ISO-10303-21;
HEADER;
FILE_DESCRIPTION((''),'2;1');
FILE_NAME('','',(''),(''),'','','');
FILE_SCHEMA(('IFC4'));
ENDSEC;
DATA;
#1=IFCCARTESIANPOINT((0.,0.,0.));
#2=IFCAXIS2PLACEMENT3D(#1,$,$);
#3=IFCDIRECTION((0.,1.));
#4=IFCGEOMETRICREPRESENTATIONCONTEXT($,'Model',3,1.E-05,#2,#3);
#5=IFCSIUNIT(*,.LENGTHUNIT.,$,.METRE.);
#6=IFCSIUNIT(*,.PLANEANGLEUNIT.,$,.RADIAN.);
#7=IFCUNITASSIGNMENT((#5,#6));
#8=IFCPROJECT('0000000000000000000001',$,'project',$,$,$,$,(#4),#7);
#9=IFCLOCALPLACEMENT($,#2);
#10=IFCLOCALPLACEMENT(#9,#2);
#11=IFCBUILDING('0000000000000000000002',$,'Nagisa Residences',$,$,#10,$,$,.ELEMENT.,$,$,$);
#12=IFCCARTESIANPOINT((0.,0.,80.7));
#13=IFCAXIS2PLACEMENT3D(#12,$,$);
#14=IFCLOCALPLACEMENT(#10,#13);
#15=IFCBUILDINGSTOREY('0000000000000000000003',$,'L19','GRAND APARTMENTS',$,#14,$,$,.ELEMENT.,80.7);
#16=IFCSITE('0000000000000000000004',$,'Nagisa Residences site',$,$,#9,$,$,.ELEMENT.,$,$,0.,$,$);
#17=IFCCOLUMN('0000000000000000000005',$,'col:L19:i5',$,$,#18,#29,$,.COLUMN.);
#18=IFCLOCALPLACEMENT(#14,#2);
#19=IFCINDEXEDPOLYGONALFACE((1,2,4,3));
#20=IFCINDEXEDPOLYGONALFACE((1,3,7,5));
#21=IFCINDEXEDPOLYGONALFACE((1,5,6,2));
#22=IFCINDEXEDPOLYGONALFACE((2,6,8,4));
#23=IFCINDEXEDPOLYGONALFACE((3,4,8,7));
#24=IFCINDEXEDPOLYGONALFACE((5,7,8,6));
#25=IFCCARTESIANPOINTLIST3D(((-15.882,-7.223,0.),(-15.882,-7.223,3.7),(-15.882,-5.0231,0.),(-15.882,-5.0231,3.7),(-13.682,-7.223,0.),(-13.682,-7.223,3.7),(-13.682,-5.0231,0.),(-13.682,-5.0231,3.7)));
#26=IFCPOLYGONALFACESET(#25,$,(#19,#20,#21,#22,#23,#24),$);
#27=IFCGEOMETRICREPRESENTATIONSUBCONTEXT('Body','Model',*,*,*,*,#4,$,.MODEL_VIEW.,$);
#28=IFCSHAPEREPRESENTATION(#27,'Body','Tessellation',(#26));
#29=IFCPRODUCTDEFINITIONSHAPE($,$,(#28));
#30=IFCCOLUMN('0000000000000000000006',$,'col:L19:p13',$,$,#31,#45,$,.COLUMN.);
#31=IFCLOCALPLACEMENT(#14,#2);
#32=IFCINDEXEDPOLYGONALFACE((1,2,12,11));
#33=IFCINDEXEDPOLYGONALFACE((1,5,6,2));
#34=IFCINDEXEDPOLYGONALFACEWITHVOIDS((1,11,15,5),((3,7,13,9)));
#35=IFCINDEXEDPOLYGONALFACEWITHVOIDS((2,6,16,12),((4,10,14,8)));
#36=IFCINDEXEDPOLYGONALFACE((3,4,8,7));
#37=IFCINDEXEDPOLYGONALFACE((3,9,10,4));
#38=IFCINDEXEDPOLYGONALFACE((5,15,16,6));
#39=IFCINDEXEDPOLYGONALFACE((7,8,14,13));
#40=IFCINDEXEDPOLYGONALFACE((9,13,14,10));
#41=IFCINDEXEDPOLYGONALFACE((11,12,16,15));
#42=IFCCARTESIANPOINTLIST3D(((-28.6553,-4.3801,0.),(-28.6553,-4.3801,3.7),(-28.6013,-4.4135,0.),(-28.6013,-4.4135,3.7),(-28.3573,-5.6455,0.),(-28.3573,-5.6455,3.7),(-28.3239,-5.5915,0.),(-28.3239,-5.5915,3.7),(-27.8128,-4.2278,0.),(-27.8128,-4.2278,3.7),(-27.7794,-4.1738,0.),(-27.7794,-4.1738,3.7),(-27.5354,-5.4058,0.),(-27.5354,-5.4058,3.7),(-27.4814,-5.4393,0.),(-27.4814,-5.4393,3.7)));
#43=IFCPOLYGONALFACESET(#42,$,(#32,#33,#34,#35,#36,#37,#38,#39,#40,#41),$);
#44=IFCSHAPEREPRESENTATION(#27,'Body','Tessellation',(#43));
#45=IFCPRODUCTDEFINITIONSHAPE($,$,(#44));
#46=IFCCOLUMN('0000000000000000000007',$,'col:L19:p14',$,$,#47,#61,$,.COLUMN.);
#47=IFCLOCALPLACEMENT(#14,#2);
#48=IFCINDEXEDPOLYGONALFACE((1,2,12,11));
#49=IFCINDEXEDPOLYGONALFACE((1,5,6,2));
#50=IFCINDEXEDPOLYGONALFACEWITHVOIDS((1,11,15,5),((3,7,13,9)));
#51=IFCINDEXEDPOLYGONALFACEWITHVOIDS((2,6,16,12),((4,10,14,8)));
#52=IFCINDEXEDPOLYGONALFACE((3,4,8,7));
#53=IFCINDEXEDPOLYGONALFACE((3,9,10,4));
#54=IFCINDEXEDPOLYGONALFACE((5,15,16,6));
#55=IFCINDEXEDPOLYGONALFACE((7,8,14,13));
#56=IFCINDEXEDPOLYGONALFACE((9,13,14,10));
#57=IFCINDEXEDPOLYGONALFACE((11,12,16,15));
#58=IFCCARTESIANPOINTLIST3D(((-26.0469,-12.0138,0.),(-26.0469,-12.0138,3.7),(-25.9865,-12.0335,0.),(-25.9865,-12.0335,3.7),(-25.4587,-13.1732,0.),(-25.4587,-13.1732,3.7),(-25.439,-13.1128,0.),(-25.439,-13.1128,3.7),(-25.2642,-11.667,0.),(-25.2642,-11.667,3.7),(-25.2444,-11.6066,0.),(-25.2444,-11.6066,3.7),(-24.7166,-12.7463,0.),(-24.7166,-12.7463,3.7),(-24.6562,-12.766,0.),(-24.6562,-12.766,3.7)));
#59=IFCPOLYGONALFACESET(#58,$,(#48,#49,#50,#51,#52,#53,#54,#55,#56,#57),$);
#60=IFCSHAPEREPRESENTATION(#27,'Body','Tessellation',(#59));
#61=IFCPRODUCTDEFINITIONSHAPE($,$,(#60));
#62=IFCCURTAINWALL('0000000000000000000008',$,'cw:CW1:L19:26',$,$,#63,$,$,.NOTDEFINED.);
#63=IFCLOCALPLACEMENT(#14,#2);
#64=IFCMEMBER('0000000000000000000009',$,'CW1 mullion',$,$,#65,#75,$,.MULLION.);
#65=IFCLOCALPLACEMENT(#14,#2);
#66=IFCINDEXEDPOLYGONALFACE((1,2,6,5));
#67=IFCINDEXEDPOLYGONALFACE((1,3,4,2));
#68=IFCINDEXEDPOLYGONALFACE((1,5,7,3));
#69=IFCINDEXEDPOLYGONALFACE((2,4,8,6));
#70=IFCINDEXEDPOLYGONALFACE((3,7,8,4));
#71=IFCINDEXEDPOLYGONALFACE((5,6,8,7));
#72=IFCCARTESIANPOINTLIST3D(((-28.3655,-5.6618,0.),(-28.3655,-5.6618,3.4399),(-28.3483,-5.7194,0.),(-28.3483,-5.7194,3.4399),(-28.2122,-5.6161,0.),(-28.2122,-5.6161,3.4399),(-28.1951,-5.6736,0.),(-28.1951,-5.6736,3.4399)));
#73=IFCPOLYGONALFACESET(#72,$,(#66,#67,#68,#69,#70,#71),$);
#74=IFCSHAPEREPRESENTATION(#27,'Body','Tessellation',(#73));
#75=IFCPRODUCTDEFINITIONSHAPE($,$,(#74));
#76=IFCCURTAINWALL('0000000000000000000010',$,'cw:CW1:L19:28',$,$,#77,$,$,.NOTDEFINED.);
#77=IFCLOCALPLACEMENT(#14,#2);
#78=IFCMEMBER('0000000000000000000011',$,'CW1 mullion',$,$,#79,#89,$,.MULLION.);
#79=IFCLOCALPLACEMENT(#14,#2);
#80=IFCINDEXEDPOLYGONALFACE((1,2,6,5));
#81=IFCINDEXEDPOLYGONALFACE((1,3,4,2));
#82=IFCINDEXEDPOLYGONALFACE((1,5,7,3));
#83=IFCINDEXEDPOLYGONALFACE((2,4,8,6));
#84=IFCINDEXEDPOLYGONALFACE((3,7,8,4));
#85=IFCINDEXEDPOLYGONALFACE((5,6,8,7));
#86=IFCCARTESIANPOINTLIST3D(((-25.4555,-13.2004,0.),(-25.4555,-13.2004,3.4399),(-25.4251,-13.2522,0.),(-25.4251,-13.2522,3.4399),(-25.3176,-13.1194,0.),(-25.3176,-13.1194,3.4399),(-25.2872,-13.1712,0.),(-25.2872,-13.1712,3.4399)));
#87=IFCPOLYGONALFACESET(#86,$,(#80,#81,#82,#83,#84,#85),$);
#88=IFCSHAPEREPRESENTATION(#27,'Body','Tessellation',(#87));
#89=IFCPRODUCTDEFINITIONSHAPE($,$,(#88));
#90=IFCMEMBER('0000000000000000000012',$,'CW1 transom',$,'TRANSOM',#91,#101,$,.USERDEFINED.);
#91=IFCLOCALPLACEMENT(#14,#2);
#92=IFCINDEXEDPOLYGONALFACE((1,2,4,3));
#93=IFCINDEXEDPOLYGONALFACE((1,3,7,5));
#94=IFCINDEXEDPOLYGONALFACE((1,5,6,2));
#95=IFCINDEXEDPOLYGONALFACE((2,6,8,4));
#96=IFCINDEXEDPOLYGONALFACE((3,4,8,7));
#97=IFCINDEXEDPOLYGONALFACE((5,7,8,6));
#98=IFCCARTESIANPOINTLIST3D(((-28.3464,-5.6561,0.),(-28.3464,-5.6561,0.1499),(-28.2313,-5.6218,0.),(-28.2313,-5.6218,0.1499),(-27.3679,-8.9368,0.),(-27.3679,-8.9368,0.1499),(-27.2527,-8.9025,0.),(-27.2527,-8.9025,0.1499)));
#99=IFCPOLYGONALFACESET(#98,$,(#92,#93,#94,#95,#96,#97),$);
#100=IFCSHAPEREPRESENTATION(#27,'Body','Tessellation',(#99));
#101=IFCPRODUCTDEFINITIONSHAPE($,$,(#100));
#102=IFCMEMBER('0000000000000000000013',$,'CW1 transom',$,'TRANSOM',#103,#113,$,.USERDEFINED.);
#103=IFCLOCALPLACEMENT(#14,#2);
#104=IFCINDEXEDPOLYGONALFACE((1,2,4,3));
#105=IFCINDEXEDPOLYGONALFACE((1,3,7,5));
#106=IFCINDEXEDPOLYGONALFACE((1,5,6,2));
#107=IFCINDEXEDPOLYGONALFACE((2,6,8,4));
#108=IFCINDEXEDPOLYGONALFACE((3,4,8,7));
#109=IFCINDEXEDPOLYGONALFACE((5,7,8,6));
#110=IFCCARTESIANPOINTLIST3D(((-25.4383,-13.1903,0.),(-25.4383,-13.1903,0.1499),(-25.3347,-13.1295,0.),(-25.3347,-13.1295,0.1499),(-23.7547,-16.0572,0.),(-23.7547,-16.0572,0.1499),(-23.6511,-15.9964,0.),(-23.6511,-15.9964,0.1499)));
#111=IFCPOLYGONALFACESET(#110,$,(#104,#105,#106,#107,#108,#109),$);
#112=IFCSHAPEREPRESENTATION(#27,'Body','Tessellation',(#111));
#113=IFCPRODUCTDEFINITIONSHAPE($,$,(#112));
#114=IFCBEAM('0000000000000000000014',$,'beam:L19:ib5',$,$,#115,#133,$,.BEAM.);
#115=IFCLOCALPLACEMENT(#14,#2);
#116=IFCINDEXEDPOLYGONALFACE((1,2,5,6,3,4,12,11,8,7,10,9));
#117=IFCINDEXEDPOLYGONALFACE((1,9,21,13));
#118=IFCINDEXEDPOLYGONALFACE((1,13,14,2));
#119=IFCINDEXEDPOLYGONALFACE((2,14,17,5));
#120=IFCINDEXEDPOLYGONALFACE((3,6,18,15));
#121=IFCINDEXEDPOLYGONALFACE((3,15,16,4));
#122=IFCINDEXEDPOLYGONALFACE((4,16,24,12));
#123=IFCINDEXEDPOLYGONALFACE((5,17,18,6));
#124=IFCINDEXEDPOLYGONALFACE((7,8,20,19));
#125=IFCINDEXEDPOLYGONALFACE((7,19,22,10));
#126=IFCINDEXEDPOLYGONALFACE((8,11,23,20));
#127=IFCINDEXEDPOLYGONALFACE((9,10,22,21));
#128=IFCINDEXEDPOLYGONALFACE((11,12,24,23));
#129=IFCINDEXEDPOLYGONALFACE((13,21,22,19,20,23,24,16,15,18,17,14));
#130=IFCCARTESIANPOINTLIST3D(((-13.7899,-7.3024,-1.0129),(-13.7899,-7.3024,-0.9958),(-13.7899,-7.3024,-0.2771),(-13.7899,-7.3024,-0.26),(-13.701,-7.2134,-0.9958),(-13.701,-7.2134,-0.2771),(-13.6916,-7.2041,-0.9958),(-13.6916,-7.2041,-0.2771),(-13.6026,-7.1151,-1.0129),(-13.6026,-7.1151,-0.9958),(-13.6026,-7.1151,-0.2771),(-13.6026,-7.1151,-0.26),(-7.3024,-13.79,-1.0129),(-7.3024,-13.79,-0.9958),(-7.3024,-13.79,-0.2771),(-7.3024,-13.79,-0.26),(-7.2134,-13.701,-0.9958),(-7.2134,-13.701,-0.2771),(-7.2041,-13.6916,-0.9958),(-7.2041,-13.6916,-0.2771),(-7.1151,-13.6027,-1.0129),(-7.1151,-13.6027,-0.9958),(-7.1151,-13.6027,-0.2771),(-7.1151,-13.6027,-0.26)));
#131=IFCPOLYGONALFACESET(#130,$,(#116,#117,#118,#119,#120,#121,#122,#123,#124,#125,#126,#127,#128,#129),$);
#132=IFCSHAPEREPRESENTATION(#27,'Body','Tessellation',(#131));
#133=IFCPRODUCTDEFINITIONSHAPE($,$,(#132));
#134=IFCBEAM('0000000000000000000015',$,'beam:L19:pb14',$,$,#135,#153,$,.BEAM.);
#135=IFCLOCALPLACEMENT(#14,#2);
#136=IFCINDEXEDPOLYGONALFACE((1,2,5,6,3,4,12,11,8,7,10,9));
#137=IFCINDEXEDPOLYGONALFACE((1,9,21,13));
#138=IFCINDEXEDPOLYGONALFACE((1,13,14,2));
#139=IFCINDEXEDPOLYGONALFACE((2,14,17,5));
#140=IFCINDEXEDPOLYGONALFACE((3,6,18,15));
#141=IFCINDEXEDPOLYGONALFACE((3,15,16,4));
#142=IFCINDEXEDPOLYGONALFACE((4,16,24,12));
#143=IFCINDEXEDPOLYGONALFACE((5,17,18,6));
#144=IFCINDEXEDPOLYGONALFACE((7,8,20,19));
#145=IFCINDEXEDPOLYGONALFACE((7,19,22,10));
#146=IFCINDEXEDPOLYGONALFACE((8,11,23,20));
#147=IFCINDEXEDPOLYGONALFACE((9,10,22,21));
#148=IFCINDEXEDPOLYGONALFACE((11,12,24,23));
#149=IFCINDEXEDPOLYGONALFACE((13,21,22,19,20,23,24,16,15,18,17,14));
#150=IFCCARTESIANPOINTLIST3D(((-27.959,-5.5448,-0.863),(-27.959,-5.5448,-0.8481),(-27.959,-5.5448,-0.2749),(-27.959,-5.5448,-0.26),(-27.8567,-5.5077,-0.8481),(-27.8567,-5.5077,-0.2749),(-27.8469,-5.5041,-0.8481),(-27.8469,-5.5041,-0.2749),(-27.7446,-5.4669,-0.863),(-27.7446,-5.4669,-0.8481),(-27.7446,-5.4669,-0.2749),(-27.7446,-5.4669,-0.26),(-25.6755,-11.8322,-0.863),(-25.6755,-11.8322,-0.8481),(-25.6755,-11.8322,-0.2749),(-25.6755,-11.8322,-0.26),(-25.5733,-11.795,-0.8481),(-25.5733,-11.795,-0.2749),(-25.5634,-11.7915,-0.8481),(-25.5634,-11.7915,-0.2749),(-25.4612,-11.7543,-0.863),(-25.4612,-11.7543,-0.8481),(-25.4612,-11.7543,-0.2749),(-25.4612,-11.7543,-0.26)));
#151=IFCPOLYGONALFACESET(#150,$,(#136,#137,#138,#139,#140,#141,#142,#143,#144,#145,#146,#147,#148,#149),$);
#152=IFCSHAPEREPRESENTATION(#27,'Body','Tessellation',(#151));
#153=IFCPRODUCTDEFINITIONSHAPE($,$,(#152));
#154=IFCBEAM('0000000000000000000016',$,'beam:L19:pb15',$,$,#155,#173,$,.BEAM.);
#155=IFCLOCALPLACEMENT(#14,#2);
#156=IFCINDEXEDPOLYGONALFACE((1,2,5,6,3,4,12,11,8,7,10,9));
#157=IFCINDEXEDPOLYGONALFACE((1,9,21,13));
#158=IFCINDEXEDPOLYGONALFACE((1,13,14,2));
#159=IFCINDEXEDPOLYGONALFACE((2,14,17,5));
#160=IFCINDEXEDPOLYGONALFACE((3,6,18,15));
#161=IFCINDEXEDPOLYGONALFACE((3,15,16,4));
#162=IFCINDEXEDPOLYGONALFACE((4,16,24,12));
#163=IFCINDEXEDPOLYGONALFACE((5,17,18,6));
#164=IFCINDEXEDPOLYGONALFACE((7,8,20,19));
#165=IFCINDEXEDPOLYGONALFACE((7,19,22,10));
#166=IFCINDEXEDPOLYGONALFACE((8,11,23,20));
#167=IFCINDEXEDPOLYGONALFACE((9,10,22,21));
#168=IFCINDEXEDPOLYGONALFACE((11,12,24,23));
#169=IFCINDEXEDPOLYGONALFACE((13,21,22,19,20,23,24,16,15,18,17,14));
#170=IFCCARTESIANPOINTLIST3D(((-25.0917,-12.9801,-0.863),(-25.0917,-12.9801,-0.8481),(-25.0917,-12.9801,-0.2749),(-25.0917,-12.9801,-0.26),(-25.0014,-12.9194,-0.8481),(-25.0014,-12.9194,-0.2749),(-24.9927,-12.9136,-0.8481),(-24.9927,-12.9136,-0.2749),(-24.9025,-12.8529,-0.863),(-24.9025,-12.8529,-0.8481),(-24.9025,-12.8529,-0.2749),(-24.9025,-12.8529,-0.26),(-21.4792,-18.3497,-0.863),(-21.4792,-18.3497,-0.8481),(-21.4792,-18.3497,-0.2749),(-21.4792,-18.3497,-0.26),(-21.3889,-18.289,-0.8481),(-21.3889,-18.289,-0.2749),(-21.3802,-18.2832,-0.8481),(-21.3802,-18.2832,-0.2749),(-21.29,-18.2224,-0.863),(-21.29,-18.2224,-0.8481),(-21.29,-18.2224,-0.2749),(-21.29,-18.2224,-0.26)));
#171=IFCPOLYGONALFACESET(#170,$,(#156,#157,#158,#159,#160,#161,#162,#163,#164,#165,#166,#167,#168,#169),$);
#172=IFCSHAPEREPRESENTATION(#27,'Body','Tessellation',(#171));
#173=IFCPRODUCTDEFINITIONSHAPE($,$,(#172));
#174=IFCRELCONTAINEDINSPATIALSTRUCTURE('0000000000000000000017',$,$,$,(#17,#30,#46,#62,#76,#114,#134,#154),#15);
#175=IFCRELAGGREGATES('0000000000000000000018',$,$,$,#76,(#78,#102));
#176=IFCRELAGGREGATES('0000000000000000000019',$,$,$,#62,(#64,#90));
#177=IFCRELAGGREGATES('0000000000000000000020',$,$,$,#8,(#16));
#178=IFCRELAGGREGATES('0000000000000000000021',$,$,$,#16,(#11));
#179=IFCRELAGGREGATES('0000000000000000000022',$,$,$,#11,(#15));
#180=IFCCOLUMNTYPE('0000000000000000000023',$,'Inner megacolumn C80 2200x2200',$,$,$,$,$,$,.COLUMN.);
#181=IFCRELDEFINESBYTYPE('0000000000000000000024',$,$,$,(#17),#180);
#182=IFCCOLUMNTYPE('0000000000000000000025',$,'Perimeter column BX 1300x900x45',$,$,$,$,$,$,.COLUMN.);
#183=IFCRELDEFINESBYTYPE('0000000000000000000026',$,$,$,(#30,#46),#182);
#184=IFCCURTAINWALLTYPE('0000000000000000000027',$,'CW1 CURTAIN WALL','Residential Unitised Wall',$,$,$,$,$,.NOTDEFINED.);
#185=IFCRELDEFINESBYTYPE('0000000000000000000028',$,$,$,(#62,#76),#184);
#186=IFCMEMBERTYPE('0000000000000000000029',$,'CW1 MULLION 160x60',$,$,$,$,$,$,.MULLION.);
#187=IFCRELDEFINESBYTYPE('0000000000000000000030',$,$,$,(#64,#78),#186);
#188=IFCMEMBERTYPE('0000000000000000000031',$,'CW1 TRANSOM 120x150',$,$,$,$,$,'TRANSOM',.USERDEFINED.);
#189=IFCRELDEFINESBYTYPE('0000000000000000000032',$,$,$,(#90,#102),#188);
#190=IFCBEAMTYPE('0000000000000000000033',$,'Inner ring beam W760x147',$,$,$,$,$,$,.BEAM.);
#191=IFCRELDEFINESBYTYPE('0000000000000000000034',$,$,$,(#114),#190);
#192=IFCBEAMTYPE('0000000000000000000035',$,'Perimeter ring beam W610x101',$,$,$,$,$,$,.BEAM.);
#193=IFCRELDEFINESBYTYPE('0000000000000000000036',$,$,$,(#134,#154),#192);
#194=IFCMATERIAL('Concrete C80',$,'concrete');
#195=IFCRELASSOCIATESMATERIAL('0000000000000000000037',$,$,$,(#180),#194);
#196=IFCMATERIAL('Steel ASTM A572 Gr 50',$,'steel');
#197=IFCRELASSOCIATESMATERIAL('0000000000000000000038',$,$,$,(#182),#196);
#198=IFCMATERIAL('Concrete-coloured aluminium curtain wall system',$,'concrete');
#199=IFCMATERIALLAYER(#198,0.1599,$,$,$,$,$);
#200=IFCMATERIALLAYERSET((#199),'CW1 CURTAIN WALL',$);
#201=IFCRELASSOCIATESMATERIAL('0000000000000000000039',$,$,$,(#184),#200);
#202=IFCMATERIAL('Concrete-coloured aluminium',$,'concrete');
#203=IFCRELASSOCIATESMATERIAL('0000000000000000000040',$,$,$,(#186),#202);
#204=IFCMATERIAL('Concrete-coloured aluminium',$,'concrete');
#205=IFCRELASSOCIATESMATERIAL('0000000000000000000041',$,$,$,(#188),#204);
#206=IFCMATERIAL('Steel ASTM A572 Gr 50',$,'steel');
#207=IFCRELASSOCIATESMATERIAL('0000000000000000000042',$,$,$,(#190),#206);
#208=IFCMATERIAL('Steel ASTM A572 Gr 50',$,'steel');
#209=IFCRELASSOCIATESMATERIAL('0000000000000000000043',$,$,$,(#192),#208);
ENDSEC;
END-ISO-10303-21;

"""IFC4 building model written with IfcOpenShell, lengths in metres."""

from ifc_helpers import new_model, si_unit, direction, frame, origin, origin_2d, place, context, subcontext, project, spatial, rectangle, hollow_rectangle, i_section, extrude, material, layer, layer_set, material_profile, profile_set, type_object, element, aggregate, save


model = new_model("IFC4")

# Units and contexts
model_context = context("Model", 3, precision=1e-05, world=origin(), true_north=direction((0.0, 1.0)))
body_context = subcontext(model_context, "Body", "Model", "MODEL_VIEW")
ifc_project = project(units=[si_unit("LENGTHUNIT", "METRE"), si_unit("PLANEANGLEUNIT", "RADIAN")], contexts=[model_context])

# Site, building, storey
site_placement = place(None, origin())
site = spatial("IfcSite", under=ifc_project, at=site_placement, Name="Nagisa Residences site", CompositionType="ELEMENT", RefElevation=0.0)
building_placement = place(site_placement, origin())
building = spatial("IfcBuilding", under=site, at=building_placement, Name="Nagisa Residences", CompositionType="ELEMENT")
storey_placement = place(building_placement, frame((0.0, 0.0, 80.7)))
storey = spatial("IfcBuildingStorey", under=building, at=storey_placement, Name="L19", Description="GRAND APARTMENTS", CompositionType="ELEMENT", Elevation=80.7)

# Columns
ifc_material_1 = material(Name="Concrete C80", Category="concrete")
ifc_material_profile_1 = material_profile(ifc_material_1, rectangle(XDim=2.2, YDim=2.2, at=origin_2d()), Name="C80 2200x2200")
ifc_profile_set_1 = profile_set([ifc_material_profile_1], Name="Concrete C80")
column_type_1 = type_object("IfcColumnType", Name="Inner megacolumn C80 2200x2200", PredefinedType="COLUMN", material=ifc_profile_set_1)
column_placement = place(storey_placement, frame((-14.782, -6.123, 0.0), z_axis=(0.0, 0.0, 1.0), x_axis=(1.0, 0.0, 0.0)))
element("IfcColumn", 1, at=column_placement, inside=storey, type_object=column_type_1, Name="col:L19:i5", PredefinedType="COLUMN", context=body_context, shape_type="SweptSolid", body=[
    extrude(rectangle(XDim=2.2, YDim=2.2, at=origin_2d()), origin(), (0.0, 0.0, 1.0), 3.7),
])
ifc_material_2 = material(Name="Steel ASTM A572 Gr 50", Category="steel")
ifc_material_profile_2 = material_profile(ifc_material_2, hollow_rectangle(XDim=1.3, YDim=0.8999, WallThickness=0.0449, at=origin_2d()), Name="BX 1300x900x45")
ifc_profile_set_2 = profile_set([ifc_material_profile_2], Name="Steel ASTM A572 Gr 50")
column_type_2 = type_object("IfcColumnType", Name="Perimeter column BX 1300x900x45", PredefinedType="COLUMN", material=ifc_profile_set_2)
for number, where, z_axis, x_axis, name in (
    (2, (-28.0684, -4.9097, 0.0), (0.0, 0.0, 1.0), (0.229202, -0.973379, 0.0), "col:L19:p13"),
    (3, (-25.3516, -12.3899, 0.0), (0.0, 0.0, 1.0), (0.452463, -0.891783, 0.0), "col:L19:p14"),
):
    element("IfcColumn", number, at=place(storey_placement, frame(where, z_axis=z_axis, x_axis=x_axis)), inside=storey, type_object=column_type_2, Name=name, PredefinedType="COLUMN", context=body_context, shape_type="SweptSolid", body=[
        extrude(hollow_rectangle(XDim=1.3, YDim=0.8999, WallThickness=0.0449, at=origin_2d()), origin(), (0.0, 0.0, 1.0), 3.7),
    ])

# Curtain walls, members
ifc_material_3 = material(Name="Concrete-coloured aluminium curtain wall system", Category="concrete")
ifc_layer_1 = layer(ifc_material_3, 0.1599)
ifc_layer_set_1 = layer_set([ifc_layer_1], Name="CW1 CURTAIN WALL")
curtain_wall_type = type_object("IfcCurtainWallType", Name="CW1 CURTAIN WALL", Description="Residential Unitised Wall", PredefinedType="NOTDEFINED", material=ifc_layer_set_1)
curtain_wall_1_placement = place(storey_placement, origin())
curtain_wall_1 = element("IfcCurtainWall", 4, at=curtain_wall_1_placement, inside=storey, type_object=curtain_wall_type, Name="cw:CW1:L19:26", PredefinedType="NOTDEFINED")
ifc_material_4 = material(Name="Concrete-coloured aluminium", Category="concrete")
ifc_material_profile_3 = material_profile(ifc_material_4, rectangle(XDim=0.1599, YDim=0.0601, at=origin_2d()), Name="CW1 MULLION 160x60")
ifc_profile_set_3 = profile_set([ifc_material_profile_3], Name="Concrete-coloured aluminium")
member_type_1 = type_object("IfcMemberType", Name="CW1 MULLION 160x60", PredefinedType="MULLION", material=ifc_profile_set_3)
member_1_placement = place(storey_placement, frame((-28.2803, -5.6677, 0.0), z_axis=(0.0, 0.0, 1.0), x_axis=(0.958271, 0.28586, 0.0)))
member_1 = element("IfcMember", 5, at=member_1_placement, type_object=member_type_1, Name="CW1 mullion", PredefinedType="MULLION", context=body_context, shape_type="SweptSolid", body=[
    extrude(rectangle(XDim=0.1599, YDim=0.0601, at=origin_2d()), origin(), (0.0, 0.0, 1.0), 3.4399),
])
curtain_wall_2_placement = place(storey_placement, origin())
curtain_wall_2 = element("IfcCurtainWall", 6, at=curtain_wall_2_placement, inside=storey, type_object=curtain_wall_type, Name="cw:CW1:L19:28", PredefinedType="NOTDEFINED")
member_2_placement = place(storey_placement, frame((-25.3713, -13.1858, 0.0), z_axis=(0.0, 0.0, 1.0), x_axis=(0.862329, 0.506349, 0.0)))
member_2 = element("IfcMember", 7, at=member_2_placement, type_object=member_type_1, Name="CW1 mullion", PredefinedType="MULLION", context=body_context, shape_type="SweptSolid", body=[
    extrude(rectangle(XDim=0.1599, YDim=0.0601, at=origin_2d()), origin(), (0.0, 0.0, 1.0), 3.4399),
])

# Members
ifc_material_5 = material(Name="Concrete-coloured aluminium", Category="concrete")
ifc_material_profile_4 = material_profile(ifc_material_5, rectangle(XDim=0.1201, YDim=0.1499, at=origin_2d()), Name="CW1 TRANSOM 120x150")
ifc_profile_set_4 = profile_set([ifc_material_profile_4], Name="Concrete-coloured aluminium")
member_type_2 = type_object("IfcMemberType", Name="CW1 TRANSOM 120x150", ElementType="TRANSOM", PredefinedType="USERDEFINED", material=ifc_profile_set_4)
member_3_placement = place(storey_placement, frame((-28.2888, -5.6389, 0.075), z_axis=(0.285817, -0.958284, 0.0), x_axis=(0.958284, 0.285817, 0.0)))
member_3 = element("IfcMember", 8, at=member_3_placement, type_object=member_type_2, Name="CW1 transom", ObjectType="TRANSOM", PredefinedType="USERDEFINED", context=body_context, shape_type="SweptSolid", body=[
    extrude(rectangle(XDim=0.1201, YDim=0.1499, at=origin_2d()), origin(), (0.0, 0.0, 1.0), 3.4236),
])
member_4_placement = place(storey_placement, frame((-25.3865, -13.1599, 0.075), z_axis=(0.506385, -0.862308, 0.0), x_axis=(0.862308, 0.506385, 0.0)))
member_4 = element("IfcMember", 9, at=member_4_placement, type_object=member_type_2, Name="CW1 transom", ObjectType="TRANSOM", PredefinedType="USERDEFINED", context=body_context, shape_type="SweptSolid", body=[
    extrude(rectangle(XDim=0.1201, YDim=0.1499, at=origin_2d()), origin(), (0.0, 0.0, 1.0), 3.3247),
])
aggregate(curtain_wall_2, [member_2, member_4])

# Beams
ifc_material_6 = material(Name="Steel ASTM A572 Gr 50", Category="steel")
ifc_material_profile_5 = material_profile(ifc_material_6, i_section(OverallWidth=0.2649, OverallDepth=0.7529, WebThickness=0.0132, FlangeThickness=0.0171, at=origin_2d()), Name="W760x147")
ifc_profile_set_5 = profile_set([ifc_material_profile_5], Name="Steel ASTM A572 Gr 50")
beam_type_1 = type_object("IfcBeamType", Name="Inner ring beam W760x147", PredefinedType="BEAM", material=ifc_profile_set_5)
beam_1_placement = place(storey_placement, frame((-13.6963, -7.2087, -0.6365), z_axis=(0.707107, -0.707107, 0.0), x_axis=(0.707107, 0.707107, 0.0)))
element("IfcBeam", 10, at=beam_1_placement, inside=storey, type_object=beam_type_1, Name="beam:L19:ib5", PredefinedType="BEAM", context=body_context, shape_type="SweptSolid", body=[
    extrude(i_section(OverallWidth=0.2649, OverallDepth=0.7529, WebThickness=0.0132, FlangeThickness=0.0171, at=origin_2d()), origin(), (0.0, 0.0, 1.0), 9.1748),
])
ifc_material_7 = material(Name="Steel ASTM A572 Gr 50", Category="steel")
ifc_material_profile_6 = material_profile(ifc_material_7, i_section(OverallWidth=0.228, OverallDepth=0.603, WebThickness=0.0105, FlangeThickness=0.0149, at=origin_2d()), Name="W610x101")
ifc_profile_set_6 = profile_set([ifc_material_profile_6], Name="Steel ASTM A572 Gr 50")
beam_type_2 = type_object("IfcBeamType", Name="Perimeter ring beam W610x101", PredefinedType="BEAM", material=ifc_profile_set_6)
beam_2_placement = place(storey_placement, frame((-27.8518, -5.5059, -0.5615), z_axis=(0.341365, -0.939931, 0.0), x_axis=(0.939931, 0.341365, 0.0)))
element("IfcBeam", 11, at=beam_2_placement, inside=storey, type_object=beam_type_2, Name="beam:L19:pb14", PredefinedType="BEAM", context=body_context, shape_type="SweptSolid", body=[
    extrude(i_section(OverallWidth=0.228, OverallDepth=0.603, WebThickness=0.0105, FlangeThickness=0.0149, at=origin_2d()), origin(), (0.0, 0.0, 1.0), 6.6892),
])
beam_3_placement = place(storey_placement, frame((-24.9971, -12.9165, -0.5615), z_axis=(0.558204, -0.829704, 0.0), x_axis=(0.829704, 0.558204, 0.0)))
element("IfcBeam", 12, at=beam_3_placement, inside=storey, type_object=beam_type_2, Name="beam:L19:pb15", PredefinedType="BEAM", context=body_context, shape_type="SweptSolid", body=[
    extrude(i_section(OverallWidth=0.228, OverallDepth=0.603, WebThickness=0.0105, FlangeThickness=0.0149, at=origin_2d()), origin(), (0.0, 0.0, 1.0), 6.4717),
])

aggregate(curtain_wall_1, [member_1, member_3])

save(model, "model.ifc")
